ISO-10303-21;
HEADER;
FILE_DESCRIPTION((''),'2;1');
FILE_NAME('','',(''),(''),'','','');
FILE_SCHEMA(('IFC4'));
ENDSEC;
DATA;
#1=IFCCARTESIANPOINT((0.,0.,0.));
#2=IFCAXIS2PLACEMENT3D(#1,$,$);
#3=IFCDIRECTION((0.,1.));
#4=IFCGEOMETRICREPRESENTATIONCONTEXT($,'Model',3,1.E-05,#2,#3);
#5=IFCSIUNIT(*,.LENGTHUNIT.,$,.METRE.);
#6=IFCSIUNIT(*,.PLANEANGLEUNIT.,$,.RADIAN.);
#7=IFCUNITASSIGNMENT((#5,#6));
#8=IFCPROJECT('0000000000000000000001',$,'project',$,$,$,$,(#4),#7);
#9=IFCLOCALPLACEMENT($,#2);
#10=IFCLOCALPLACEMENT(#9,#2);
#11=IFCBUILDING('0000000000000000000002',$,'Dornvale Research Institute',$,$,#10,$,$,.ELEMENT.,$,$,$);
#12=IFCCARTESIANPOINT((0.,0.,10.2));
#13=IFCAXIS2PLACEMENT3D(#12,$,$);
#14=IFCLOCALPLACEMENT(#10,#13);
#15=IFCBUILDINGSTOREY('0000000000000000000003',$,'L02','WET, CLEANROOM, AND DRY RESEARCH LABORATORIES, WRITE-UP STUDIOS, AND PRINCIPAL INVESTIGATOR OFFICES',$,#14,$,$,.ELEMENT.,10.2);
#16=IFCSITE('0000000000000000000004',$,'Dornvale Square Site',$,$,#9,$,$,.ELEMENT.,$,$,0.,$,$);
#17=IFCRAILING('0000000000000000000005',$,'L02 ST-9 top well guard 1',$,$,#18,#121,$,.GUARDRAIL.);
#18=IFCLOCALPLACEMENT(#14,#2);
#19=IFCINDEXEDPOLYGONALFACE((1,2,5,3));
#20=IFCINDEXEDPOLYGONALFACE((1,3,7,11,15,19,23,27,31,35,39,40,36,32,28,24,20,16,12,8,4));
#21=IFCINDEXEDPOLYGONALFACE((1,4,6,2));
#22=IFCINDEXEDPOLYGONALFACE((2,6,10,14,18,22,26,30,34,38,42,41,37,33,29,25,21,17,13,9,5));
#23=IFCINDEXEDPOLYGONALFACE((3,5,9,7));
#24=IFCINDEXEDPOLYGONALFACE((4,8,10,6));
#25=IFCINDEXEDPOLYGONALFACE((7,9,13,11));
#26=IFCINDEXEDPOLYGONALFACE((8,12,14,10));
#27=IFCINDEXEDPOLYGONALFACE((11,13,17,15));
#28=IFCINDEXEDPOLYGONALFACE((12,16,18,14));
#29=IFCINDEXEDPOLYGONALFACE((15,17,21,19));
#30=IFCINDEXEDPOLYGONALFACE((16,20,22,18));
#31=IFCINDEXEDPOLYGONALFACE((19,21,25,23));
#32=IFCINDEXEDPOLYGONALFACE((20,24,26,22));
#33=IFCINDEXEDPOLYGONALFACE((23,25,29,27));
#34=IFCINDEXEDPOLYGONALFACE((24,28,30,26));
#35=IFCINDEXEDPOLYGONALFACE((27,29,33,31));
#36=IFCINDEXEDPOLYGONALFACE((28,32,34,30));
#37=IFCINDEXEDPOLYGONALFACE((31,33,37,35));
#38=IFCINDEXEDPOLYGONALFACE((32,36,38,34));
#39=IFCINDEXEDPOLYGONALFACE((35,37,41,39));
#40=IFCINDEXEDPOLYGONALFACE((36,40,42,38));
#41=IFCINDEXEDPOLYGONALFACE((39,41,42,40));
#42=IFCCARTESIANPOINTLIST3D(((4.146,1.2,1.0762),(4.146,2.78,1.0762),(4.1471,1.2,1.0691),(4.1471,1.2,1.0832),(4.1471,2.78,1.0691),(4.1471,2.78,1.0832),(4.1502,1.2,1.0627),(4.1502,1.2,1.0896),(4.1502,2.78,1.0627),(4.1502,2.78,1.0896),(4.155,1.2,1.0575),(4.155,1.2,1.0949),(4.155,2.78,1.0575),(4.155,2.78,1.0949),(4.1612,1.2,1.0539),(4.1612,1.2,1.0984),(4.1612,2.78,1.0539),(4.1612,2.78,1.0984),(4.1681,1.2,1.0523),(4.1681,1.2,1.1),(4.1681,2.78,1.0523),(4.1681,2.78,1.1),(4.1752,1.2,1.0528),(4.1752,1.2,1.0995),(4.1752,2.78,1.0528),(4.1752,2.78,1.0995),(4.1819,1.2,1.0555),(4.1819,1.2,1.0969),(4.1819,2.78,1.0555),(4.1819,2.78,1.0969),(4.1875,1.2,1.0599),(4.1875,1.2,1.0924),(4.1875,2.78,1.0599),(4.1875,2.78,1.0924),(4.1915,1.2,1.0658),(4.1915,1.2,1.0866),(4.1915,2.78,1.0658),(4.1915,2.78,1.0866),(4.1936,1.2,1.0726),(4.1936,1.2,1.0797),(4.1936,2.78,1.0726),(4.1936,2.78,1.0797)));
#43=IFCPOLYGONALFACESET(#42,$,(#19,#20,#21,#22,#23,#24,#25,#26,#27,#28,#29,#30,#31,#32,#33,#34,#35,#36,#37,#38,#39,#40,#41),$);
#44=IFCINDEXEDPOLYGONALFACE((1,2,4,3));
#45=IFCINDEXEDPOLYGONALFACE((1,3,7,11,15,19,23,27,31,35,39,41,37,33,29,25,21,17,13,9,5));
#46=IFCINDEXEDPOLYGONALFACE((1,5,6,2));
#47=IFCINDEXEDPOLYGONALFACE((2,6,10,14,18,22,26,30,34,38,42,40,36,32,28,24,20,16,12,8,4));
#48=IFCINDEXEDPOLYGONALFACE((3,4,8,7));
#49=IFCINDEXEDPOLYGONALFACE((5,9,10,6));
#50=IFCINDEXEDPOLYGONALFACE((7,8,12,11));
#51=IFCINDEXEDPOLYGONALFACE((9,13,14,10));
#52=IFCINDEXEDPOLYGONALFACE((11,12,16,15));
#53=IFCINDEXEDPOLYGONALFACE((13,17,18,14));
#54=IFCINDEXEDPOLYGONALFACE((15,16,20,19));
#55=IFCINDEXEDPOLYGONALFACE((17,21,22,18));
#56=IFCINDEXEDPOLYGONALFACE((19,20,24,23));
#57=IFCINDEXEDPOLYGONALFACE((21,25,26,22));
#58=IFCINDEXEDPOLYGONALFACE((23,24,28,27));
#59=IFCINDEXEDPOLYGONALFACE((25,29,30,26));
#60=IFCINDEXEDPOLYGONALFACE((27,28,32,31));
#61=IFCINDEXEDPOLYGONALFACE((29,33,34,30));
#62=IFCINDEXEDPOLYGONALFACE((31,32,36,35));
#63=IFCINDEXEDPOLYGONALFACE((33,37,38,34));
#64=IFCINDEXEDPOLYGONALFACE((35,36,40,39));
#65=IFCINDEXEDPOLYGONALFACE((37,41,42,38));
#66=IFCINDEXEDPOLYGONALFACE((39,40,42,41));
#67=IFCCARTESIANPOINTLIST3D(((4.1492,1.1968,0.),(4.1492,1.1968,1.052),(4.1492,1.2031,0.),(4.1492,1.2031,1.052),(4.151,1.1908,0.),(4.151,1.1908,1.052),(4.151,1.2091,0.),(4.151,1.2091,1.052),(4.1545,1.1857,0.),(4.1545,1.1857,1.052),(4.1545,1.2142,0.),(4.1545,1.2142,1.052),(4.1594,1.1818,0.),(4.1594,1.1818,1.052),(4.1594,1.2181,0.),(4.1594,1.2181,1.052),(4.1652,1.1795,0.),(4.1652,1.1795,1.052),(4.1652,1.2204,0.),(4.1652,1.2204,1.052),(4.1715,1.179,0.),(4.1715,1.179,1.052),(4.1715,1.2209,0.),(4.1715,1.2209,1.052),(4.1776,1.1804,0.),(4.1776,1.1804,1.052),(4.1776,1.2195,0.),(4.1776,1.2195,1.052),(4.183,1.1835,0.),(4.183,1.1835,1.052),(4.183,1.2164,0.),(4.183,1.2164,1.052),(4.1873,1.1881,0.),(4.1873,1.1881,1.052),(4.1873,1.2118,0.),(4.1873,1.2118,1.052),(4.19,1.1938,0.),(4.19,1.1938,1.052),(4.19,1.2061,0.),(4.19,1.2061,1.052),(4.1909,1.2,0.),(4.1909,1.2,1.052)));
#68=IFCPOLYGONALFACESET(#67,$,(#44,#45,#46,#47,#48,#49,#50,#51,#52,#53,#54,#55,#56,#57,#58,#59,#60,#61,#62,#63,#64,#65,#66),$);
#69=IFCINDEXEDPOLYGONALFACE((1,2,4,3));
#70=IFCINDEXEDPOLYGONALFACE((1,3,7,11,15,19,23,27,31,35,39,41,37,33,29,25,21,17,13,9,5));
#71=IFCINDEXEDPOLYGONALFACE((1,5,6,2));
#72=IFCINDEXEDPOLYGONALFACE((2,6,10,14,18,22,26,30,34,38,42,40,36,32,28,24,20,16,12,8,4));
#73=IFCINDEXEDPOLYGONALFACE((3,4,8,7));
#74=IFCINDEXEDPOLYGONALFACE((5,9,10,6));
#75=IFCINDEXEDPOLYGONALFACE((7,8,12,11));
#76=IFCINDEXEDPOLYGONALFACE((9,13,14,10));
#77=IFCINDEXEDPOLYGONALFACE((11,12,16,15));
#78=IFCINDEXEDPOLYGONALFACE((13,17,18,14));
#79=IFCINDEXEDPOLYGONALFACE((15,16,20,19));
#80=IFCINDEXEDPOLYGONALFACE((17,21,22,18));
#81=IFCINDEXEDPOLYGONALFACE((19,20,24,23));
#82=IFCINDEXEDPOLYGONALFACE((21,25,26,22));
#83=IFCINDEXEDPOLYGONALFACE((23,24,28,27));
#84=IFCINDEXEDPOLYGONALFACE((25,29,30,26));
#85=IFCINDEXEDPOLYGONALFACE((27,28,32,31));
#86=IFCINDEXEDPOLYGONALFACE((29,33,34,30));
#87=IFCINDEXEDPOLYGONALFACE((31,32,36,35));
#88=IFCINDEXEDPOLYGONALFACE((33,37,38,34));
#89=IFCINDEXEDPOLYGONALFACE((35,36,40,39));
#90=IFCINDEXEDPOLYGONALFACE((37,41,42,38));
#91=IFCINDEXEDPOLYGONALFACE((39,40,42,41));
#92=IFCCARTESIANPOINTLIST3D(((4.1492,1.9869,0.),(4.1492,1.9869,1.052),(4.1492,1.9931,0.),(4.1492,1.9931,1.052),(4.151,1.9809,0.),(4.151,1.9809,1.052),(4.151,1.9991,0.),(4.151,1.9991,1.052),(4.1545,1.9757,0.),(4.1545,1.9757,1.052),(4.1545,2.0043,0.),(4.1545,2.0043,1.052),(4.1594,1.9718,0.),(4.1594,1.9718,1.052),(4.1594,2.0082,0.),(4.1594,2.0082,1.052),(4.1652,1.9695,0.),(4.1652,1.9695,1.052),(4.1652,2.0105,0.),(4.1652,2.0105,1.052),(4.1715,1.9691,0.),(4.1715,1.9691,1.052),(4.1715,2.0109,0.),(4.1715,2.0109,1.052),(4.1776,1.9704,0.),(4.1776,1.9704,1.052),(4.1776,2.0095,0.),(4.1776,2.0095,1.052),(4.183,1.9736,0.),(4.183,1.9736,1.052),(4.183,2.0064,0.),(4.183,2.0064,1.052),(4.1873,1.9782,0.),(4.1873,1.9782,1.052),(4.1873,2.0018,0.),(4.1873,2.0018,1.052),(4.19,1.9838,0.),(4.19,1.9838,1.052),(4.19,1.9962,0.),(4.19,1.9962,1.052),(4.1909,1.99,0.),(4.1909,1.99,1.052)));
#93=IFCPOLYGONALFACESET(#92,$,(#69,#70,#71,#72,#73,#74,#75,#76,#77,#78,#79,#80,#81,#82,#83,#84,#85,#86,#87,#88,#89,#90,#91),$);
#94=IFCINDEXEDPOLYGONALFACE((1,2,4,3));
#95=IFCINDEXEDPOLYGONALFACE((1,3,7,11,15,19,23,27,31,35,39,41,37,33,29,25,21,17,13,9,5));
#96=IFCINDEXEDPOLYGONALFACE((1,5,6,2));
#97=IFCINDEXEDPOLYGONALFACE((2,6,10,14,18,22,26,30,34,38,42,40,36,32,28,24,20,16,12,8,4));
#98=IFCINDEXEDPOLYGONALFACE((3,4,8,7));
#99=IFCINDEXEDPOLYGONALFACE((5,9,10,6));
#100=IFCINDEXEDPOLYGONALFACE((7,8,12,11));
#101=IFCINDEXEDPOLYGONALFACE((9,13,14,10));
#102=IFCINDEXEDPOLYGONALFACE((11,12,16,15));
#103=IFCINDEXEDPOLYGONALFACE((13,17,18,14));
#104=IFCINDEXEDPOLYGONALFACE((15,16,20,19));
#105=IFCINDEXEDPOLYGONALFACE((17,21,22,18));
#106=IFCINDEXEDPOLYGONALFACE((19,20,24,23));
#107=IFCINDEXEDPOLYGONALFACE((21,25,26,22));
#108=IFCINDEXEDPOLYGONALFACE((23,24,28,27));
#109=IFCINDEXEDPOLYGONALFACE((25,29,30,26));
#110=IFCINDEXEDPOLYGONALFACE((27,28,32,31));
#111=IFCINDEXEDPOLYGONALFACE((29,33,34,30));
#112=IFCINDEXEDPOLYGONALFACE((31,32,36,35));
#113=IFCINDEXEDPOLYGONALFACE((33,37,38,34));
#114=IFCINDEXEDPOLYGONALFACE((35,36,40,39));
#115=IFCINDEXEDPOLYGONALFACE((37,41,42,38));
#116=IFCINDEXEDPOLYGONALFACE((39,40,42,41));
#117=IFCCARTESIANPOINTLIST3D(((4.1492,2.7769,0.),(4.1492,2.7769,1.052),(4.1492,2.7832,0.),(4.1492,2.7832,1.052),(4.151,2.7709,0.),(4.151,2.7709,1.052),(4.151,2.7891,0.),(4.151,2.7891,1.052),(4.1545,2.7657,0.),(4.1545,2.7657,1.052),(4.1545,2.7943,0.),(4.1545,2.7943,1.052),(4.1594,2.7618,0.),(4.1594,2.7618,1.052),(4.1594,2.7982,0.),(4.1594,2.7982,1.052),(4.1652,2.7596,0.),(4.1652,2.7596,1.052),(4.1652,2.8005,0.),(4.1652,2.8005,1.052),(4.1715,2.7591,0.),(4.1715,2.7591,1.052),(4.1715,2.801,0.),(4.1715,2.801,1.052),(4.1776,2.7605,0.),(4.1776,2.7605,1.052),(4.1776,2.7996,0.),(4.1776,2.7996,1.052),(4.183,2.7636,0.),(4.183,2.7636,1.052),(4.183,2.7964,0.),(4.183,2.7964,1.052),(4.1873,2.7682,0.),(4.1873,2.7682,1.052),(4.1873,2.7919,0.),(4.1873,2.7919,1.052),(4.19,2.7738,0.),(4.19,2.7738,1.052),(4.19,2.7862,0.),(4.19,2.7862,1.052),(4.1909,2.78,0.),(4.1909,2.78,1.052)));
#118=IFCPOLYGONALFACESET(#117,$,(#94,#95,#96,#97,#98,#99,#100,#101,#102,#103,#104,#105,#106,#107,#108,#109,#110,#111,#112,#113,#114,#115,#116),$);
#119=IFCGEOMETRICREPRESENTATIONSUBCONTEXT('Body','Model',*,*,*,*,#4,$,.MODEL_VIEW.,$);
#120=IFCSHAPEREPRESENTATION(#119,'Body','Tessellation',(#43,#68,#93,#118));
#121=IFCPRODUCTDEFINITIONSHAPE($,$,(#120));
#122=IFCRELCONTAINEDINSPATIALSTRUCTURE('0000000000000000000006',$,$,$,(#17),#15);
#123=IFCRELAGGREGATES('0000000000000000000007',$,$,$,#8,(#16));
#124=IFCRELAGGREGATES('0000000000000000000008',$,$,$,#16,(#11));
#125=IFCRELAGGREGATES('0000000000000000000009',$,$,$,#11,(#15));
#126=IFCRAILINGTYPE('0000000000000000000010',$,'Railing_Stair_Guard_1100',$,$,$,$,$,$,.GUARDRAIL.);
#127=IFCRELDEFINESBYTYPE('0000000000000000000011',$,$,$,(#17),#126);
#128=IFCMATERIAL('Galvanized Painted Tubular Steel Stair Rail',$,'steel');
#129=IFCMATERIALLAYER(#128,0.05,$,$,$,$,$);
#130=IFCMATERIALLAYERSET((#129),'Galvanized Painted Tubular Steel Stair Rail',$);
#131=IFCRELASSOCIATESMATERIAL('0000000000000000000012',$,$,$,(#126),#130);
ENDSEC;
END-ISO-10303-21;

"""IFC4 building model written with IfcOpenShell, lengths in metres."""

from ifc_helpers import new_model, si_unit, direction, frame, origin, origin_2d, place, context, subcontext, project, spatial, circle, extrude, material, layer, layer_set, type_object, element, save


model = new_model("IFC4")

# Units and contexts
model_context = context("Model", 3, precision=1e-05, world=origin(), true_north=direction((0.0, 1.0)))
body_context = subcontext(model_context, "Body", "Model", "MODEL_VIEW")
ifc_project = project(units=[si_unit("LENGTHUNIT", "METRE"), si_unit("PLANEANGLEUNIT", "RADIAN")], contexts=[model_context])

# Site, building, storey
site_placement = place(None, origin())
site = spatial("IfcSite", under=ifc_project, at=site_placement, Name="Dornvale Square Site", CompositionType="ELEMENT", RefElevation=0.0)
building_placement = place(site_placement, origin())
building = spatial("IfcBuilding", under=site, at=building_placement, Name="Dornvale Research Institute", CompositionType="ELEMENT")
storey_placement = place(building_placement, frame((0.0, 0.0, 10.2)))
storey = spatial("IfcBuildingStorey", under=building, at=storey_placement, Name="L02", Description="WET, CLEANROOM, AND DRY RESEARCH LABORATORIES, WRITE-UP STUDIOS, AND PRINCIPAL INVESTIGATOR OFFICES", CompositionType="ELEMENT", Elevation=10.2)

# Railing
ifc_material_1 = material(Name="Galvanized Painted Tubular Steel Stair Rail", Category="steel")
ifc_layer_1 = layer(ifc_material_1, 0.05)
ifc_layer_set_1 = layer_set([ifc_layer_1], Name="Galvanized Painted Tubular Steel Stair Rail")
railing_type = type_object("IfcRailingType", Name="Railing_Stair_Guard_1100", PredefinedType="GUARDRAIL", material=ifc_layer_set_1)
railing_placement = place(storey_placement, frame((4.1699, 1.2, 0.0)))
element("IfcRailing", 1, at=railing_placement, inside=storey, type_object=railing_type, Name="L02 ST-9 top well guard 1", PredefinedType="GUARDRAIL", context=body_context, shape_type="SweptSolid", body=[
    extrude(circle(Radius=0.0239, at=origin_2d()), frame((0.0, 0.0, 1.0762), z_axis=(0.0, 1.0, 0.0), x_axis=(-1.0, 0.0, 0.0)), (0.0, 0.0, 1.0), 1.5801),
    extrude(circle(Radius=0.021, at=origin_2d()), origin(), (0.0, 0.0, 1.0), 1.052),
    extrude(circle(Radius=0.021, at=origin_2d()), frame((0.0, 0.79, 0.0)), (0.0, 0.0, 1.0), 1.052),
    extrude(circle(Radius=0.021, at=origin_2d()), frame((0.0, 1.5801, 0.0)), (0.0, 0.0, 1.0), 1.052),
])

save(model, "model.ifc")
